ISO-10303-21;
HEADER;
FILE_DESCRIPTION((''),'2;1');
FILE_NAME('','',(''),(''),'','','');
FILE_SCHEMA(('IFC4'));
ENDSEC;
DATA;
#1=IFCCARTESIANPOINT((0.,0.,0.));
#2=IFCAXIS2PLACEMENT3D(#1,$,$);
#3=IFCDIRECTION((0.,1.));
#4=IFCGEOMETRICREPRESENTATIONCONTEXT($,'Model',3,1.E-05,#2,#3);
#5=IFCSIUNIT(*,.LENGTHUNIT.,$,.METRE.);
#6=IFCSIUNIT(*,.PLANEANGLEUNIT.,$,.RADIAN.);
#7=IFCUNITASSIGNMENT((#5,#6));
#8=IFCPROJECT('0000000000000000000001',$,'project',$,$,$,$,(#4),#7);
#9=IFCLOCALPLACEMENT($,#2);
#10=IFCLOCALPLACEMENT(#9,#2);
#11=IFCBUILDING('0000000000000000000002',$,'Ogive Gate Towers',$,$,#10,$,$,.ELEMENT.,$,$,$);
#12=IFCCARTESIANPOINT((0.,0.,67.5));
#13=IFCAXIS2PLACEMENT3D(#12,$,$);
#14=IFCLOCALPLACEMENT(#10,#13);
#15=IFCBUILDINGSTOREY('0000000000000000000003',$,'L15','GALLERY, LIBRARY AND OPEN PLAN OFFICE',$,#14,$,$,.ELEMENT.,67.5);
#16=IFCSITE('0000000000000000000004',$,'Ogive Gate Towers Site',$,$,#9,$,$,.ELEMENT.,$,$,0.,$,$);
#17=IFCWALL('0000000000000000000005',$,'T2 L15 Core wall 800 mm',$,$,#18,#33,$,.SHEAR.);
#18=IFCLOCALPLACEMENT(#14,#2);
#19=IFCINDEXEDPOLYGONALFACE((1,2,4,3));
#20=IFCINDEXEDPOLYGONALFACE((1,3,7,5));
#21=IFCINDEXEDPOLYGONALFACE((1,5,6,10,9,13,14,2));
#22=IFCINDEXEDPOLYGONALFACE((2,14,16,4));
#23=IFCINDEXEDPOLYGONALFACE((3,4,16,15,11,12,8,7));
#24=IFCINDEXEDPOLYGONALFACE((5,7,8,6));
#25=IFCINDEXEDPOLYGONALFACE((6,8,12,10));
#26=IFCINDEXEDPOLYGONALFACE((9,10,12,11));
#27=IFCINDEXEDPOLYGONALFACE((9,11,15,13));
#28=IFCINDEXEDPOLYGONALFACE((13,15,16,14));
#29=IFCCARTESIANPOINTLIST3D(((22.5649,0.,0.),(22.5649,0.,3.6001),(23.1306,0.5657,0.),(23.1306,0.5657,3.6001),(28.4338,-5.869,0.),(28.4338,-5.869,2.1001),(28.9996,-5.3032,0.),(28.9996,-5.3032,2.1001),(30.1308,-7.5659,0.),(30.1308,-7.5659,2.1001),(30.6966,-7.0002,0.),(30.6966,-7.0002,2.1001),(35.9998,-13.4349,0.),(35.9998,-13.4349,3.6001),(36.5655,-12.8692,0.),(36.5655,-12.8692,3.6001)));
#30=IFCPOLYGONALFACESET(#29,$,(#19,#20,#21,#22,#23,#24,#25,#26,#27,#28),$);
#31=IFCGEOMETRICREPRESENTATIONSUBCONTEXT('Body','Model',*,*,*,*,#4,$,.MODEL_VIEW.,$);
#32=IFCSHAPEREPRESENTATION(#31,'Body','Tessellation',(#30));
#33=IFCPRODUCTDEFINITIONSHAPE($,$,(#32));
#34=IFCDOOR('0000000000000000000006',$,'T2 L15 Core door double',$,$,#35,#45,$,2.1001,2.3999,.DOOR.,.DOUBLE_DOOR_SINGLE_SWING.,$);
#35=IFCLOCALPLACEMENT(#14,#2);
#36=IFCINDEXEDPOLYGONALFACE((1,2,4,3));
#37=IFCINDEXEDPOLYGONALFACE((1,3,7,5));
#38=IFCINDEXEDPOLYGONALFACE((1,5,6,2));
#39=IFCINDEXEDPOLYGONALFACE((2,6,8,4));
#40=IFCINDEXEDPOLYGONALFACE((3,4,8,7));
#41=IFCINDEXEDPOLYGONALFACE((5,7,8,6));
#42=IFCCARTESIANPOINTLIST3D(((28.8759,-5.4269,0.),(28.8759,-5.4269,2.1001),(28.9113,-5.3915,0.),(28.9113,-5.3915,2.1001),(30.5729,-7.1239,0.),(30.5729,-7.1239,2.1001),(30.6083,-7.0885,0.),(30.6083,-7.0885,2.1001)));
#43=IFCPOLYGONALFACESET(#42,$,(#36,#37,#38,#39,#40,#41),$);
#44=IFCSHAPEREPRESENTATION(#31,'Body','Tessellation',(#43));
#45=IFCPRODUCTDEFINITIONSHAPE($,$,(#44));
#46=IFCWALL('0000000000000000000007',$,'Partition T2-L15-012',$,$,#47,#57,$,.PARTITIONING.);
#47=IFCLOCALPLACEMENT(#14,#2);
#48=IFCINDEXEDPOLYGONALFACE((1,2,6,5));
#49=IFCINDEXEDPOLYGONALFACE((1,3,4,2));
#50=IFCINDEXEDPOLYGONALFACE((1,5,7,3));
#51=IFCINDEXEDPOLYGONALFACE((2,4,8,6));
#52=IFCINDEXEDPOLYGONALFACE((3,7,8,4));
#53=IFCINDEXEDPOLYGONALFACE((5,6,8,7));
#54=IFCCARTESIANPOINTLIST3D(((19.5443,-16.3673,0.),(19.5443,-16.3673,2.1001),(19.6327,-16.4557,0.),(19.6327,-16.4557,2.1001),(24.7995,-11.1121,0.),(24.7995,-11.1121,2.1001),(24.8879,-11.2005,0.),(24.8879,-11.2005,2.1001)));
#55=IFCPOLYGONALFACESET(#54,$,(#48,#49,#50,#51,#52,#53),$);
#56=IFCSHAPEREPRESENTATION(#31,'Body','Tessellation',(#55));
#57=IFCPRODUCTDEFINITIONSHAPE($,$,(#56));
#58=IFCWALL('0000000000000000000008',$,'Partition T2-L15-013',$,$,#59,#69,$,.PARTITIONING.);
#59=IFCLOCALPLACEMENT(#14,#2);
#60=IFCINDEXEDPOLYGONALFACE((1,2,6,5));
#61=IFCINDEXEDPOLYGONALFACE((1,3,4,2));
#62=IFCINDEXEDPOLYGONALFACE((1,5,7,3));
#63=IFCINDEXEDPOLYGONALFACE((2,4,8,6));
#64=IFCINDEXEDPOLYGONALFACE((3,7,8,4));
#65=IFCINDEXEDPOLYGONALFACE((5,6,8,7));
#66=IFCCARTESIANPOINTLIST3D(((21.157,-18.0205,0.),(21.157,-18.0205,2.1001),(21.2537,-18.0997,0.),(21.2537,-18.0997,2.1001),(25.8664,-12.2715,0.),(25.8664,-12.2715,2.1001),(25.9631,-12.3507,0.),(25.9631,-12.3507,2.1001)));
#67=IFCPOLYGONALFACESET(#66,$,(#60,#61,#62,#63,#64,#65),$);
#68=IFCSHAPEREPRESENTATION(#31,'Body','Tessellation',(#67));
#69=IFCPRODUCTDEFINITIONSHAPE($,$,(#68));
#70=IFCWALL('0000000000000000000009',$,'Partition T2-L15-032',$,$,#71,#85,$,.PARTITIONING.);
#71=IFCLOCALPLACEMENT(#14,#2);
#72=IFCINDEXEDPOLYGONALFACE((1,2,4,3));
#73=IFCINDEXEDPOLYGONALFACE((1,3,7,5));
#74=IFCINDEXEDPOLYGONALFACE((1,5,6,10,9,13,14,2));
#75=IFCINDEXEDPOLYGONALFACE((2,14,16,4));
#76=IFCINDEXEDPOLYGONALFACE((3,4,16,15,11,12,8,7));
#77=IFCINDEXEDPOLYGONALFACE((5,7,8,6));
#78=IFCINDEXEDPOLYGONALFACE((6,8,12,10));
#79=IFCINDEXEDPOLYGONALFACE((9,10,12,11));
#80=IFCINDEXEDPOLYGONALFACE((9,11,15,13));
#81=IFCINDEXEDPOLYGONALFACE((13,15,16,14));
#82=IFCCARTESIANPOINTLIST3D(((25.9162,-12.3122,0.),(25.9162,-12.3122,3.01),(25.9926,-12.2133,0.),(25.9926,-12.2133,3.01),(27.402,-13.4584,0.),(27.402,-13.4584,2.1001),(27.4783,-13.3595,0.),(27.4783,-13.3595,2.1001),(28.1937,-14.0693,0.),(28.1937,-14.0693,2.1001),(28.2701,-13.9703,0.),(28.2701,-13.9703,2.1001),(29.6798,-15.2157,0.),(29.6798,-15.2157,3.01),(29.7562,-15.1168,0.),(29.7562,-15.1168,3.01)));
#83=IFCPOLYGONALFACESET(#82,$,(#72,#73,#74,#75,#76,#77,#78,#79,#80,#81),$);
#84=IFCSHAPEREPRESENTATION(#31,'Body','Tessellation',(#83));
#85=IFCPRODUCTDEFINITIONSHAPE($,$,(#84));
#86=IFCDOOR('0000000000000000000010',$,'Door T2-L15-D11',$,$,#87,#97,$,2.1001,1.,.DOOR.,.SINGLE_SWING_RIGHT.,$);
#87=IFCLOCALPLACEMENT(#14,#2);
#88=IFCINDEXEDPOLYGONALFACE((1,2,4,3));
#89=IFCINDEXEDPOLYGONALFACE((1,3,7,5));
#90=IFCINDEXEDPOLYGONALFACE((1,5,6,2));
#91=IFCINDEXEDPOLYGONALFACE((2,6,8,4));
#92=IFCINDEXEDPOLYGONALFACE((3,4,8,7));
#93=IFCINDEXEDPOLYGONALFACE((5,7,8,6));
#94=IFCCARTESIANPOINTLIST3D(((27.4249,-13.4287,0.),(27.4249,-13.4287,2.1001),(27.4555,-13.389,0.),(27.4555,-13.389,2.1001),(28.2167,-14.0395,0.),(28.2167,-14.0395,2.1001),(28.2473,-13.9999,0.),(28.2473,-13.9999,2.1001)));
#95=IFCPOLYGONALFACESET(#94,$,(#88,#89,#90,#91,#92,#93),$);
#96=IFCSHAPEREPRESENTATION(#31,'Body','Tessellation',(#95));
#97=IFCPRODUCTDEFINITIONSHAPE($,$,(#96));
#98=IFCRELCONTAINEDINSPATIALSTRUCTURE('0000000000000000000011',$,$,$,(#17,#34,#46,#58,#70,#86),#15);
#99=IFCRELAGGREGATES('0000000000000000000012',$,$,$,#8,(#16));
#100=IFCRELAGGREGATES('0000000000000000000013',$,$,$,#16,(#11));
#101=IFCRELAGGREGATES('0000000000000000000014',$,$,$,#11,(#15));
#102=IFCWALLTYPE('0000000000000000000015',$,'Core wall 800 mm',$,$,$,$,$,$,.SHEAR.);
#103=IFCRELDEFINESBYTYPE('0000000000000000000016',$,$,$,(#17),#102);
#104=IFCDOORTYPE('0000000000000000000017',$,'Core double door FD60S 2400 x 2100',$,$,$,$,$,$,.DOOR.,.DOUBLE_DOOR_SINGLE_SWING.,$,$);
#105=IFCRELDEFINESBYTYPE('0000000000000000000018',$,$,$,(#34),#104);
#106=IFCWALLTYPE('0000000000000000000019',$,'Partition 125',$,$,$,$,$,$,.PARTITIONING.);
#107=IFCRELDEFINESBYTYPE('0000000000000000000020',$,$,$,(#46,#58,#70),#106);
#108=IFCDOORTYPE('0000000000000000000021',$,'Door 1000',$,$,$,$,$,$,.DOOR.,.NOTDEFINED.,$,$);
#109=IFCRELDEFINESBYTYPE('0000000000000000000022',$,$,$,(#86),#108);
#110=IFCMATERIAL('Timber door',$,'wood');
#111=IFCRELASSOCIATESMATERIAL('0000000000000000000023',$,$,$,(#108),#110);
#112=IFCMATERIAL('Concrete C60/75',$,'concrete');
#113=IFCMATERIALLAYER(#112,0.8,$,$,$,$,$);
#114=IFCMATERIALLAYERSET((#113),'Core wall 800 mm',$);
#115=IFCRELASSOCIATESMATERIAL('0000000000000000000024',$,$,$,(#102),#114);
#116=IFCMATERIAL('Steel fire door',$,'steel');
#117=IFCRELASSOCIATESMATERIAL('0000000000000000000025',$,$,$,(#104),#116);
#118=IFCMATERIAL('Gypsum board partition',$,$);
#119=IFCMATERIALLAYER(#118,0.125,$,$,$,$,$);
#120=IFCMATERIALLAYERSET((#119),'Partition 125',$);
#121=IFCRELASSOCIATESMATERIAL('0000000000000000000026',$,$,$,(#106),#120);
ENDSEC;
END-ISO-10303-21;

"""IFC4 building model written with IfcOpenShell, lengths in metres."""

from ifc_helpers import new_model, si_unit, direction, frame, frame_2d, origin, place, context, subcontext, project, spatial, rectangle, extrude, material, layer, layer_set, type_object, element, fill, save


model = new_model("IFC4")

# Units and contexts
model_context = context("Model", 3, precision=1e-05, world=origin(), true_north=direction((0.0, 1.0)))
body_context = subcontext(model_context, "Body", "Model", "MODEL_VIEW")
ifc_project = project(units=[si_unit("LENGTHUNIT", "METRE"), si_unit("PLANEANGLEUNIT", "RADIAN")], contexts=[model_context])

# Site, building, storey
site_placement = place(None, origin())
site = spatial("IfcSite", under=ifc_project, at=site_placement, Name="Ogive Gate Towers Site", CompositionType="ELEMENT", RefElevation=0.0)
building_placement = place(site_placement, origin())
building = spatial("IfcBuilding", under=site, at=building_placement, Name="Ogive Gate Towers", CompositionType="ELEMENT")
storey_placement = place(building_placement, frame((0.0, 0.0, 67.5)))
storey = spatial("IfcBuildingStorey", under=building, at=storey_placement, Name="L15", Description="GALLERY, LIBRARY AND OPEN PLAN OFFICE", CompositionType="ELEMENT", Elevation=67.5)

# Wall, opening, door
ifc_material_1 = material(Name="Timber door", Category="wood")
door_type_1 = type_object("IfcDoorType", Name="Door 1000", OperationType="NOTDEFINED", PredefinedType="DOOR", material=ifc_material_1)
ifc_material_2 = material(Name="Concrete C60/75", Category="concrete")
ifc_layer_1 = layer(ifc_material_2, 0.8)
ifc_layer_set_1 = layer_set([ifc_layer_1], Name="Core wall 800 mm")
wall_type_1 = type_object("IfcWallType", Name="Core wall 800 mm", PredefinedType="SHEAR", material=ifc_layer_set_1)
wall_1_placement = place(storey_placement, frame((36.2827, -13.1521, 0.0), z_axis=(0.0, 0.0, 1.0), x_axis=(-0.707107, 0.707107, 0.0)))
wall_1 = element("IfcWall", 1, at=wall_1_placement, inside=storey, type_object=wall_type_1, Name="T2 L15 Core wall 800 mm", PredefinedType="SHEAR", context=body_context, shape_type="SweptSolid", body=[
    extrude(rectangle(XDim=18.9998, YDim=0.8, at=frame_2d((9.5, 0.0))), origin(), (0.0, 0.0, 1.0), 3.6001),
])
opening_1_placement = place(wall_1_placement, frame((8.3, 0.0, 0.0)))
opening_1 = element("IfcOpeningElement", 2, at=opening_1_placement, cuts=wall_1, PredefinedType="OPENING", context=body_context, shape_type="SweptSolid", body=[
    extrude(rectangle(XDim=2.3999, YDim=2.1001, at=frame_2d((1.2, 1.05))), frame((0.0, 0.4102, 0.0), z_axis=(0.0, -1.0, 0.0), x_axis=(1.0, 0.0, 0.0)), (0.0, 0.0, 1.0), 0.8201),
])
ifc_material_3 = material(Name="Steel fire door", Category="steel")
door_type_2 = type_object("IfcDoorType", Name="Core double door FD60S 2400 x 2100", OperationType="DOUBLE_DOOR_SINGLE_SWING", PredefinedType="DOOR", material=ifc_material_3)
door_1_placement = place(opening_1_placement, origin())
door_1 = element("IfcDoor", 3, at=door_1_placement, inside=storey, type_object=door_type_2, Name="T2 L15 Core door double", OperationType="DOUBLE_DOOR_SINGLE_SWING", OverallHeight=2.1001, OverallWidth=2.3999, PredefinedType="DOOR", context=body_context, shape_type="SweptSolid", body=[
    extrude(rectangle(XDim=2.3999, YDim=2.1001, at=frame_2d((1.2, 1.05))), frame((0.0, -0.2251, 0.0), z_axis=(0.0, -1.0, 0.0), x_axis=(1.0, 0.0, 0.0)), (0.0, 0.0, 1.0), 0.05),
])
fill(opening_1, door_1)

# Walls
ifc_material_4 = material(Name="Gypsum board partition")
ifc_layer_2 = layer(ifc_material_4, 0.125)
ifc_layer_set_2 = layer_set([ifc_layer_2], Name="Partition 125")
wall_type_2 = type_object("IfcWallType", Name="Partition 125", PredefinedType="PARTITIONING", material=ifc_layer_set_2)
wall_2_placement = place(storey_placement, frame((19.5886, -16.4114, 0.0), z_axis=(0.0, 0.0, 1.0), x_axis=(0.707107, 0.707107, 0.0)))
element("IfcWall", 4, at=wall_2_placement, inside=storey, type_object=wall_type_2, Name="Partition T2-L15-012", PredefinedType="PARTITIONING", context=body_context, shape_type="SweptSolid", body=[
    extrude(rectangle(XDim=7.4319, YDim=0.125, at=frame_2d((3.7158, 0.0))), origin(), (0.0, 0.0, 1.0), 2.1001),
])
wall_3_placement = place(storey_placement, frame((21.2053, -18.0601, 0.0), z_axis=(0.0, 0.0, 1.0), x_axis=(0.633699, 0.77358, 0.0)))
element("IfcWall", 5, at=wall_3_placement, inside=storey, type_object=wall_type_2, Name="Partition T2-L15-013", PredefinedType="PARTITIONING", context=body_context, shape_type="SweptSolid", body=[
    extrude(rectangle(XDim=7.4316, YDim=0.125, at=frame_2d((3.7158, 0.0))), origin(), (0.0, 0.0, 1.0), 2.1001),
])

# Wall, opening, door
wall_4_placement = place(storey_placement, frame((29.718, -15.1663, 0.0), z_axis=(0.0, 0.0, 1.0), x_axis=(-0.791766, 0.610825, 0.0)))
wall_4 = element("IfcWall", 6, at=wall_4_placement, inside=storey, type_object=wall_type_2, Name="Partition T2-L15-032", PredefinedType="PARTITIONING", context=body_context, shape_type="SweptSolid", body=[
    extrude(rectangle(XDim=4.7534, YDim=0.125, at=frame_2d((2.3767, 0.0))), origin(), (0.0, 0.0, 1.0), 3.01),
])
opening_2_placement = place(wall_4_placement, frame((1.877, 0.0, 0.0)))
opening_2 = element("IfcOpeningElement", 7, at=opening_2_placement, cuts=wall_4, PredefinedType="OPENING", context=body_context, shape_type="SweptSolid", body=[
    extrude(rectangle(XDim=1.0, YDim=2.1001, at=frame_2d((0.5, 1.05))), frame((0.0, 0.0725, 0.0), z_axis=(0.0, -1.0, 0.0), x_axis=(1.0, 0.0, 0.0)), (0.0, 0.0, 1.0), 0.145),
])
door_2_placement = place(opening_2_placement, origin())
door_2 = element("IfcDoor", 8, at=door_2_placement, inside=storey, type_object=door_type_1, Name="Door T2-L15-D11", OperationType="SINGLE_SWING_RIGHT", OverallHeight=2.1001, OverallWidth=1.0, PredefinedType="DOOR", context=body_context, shape_type="SweptSolid", body=[
    extrude(rectangle(XDim=1.0, YDim=2.1001, at=frame_2d((0.5, 1.05))), frame((0.0, 0.0249, 0.0), z_axis=(0.0, -1.0, 0.0), x_axis=(1.0, 0.0, 0.0)), (0.0, 0.0, 1.0), 0.05),
])
fill(opening_2, door_2)

save(model, "model.ifc")
